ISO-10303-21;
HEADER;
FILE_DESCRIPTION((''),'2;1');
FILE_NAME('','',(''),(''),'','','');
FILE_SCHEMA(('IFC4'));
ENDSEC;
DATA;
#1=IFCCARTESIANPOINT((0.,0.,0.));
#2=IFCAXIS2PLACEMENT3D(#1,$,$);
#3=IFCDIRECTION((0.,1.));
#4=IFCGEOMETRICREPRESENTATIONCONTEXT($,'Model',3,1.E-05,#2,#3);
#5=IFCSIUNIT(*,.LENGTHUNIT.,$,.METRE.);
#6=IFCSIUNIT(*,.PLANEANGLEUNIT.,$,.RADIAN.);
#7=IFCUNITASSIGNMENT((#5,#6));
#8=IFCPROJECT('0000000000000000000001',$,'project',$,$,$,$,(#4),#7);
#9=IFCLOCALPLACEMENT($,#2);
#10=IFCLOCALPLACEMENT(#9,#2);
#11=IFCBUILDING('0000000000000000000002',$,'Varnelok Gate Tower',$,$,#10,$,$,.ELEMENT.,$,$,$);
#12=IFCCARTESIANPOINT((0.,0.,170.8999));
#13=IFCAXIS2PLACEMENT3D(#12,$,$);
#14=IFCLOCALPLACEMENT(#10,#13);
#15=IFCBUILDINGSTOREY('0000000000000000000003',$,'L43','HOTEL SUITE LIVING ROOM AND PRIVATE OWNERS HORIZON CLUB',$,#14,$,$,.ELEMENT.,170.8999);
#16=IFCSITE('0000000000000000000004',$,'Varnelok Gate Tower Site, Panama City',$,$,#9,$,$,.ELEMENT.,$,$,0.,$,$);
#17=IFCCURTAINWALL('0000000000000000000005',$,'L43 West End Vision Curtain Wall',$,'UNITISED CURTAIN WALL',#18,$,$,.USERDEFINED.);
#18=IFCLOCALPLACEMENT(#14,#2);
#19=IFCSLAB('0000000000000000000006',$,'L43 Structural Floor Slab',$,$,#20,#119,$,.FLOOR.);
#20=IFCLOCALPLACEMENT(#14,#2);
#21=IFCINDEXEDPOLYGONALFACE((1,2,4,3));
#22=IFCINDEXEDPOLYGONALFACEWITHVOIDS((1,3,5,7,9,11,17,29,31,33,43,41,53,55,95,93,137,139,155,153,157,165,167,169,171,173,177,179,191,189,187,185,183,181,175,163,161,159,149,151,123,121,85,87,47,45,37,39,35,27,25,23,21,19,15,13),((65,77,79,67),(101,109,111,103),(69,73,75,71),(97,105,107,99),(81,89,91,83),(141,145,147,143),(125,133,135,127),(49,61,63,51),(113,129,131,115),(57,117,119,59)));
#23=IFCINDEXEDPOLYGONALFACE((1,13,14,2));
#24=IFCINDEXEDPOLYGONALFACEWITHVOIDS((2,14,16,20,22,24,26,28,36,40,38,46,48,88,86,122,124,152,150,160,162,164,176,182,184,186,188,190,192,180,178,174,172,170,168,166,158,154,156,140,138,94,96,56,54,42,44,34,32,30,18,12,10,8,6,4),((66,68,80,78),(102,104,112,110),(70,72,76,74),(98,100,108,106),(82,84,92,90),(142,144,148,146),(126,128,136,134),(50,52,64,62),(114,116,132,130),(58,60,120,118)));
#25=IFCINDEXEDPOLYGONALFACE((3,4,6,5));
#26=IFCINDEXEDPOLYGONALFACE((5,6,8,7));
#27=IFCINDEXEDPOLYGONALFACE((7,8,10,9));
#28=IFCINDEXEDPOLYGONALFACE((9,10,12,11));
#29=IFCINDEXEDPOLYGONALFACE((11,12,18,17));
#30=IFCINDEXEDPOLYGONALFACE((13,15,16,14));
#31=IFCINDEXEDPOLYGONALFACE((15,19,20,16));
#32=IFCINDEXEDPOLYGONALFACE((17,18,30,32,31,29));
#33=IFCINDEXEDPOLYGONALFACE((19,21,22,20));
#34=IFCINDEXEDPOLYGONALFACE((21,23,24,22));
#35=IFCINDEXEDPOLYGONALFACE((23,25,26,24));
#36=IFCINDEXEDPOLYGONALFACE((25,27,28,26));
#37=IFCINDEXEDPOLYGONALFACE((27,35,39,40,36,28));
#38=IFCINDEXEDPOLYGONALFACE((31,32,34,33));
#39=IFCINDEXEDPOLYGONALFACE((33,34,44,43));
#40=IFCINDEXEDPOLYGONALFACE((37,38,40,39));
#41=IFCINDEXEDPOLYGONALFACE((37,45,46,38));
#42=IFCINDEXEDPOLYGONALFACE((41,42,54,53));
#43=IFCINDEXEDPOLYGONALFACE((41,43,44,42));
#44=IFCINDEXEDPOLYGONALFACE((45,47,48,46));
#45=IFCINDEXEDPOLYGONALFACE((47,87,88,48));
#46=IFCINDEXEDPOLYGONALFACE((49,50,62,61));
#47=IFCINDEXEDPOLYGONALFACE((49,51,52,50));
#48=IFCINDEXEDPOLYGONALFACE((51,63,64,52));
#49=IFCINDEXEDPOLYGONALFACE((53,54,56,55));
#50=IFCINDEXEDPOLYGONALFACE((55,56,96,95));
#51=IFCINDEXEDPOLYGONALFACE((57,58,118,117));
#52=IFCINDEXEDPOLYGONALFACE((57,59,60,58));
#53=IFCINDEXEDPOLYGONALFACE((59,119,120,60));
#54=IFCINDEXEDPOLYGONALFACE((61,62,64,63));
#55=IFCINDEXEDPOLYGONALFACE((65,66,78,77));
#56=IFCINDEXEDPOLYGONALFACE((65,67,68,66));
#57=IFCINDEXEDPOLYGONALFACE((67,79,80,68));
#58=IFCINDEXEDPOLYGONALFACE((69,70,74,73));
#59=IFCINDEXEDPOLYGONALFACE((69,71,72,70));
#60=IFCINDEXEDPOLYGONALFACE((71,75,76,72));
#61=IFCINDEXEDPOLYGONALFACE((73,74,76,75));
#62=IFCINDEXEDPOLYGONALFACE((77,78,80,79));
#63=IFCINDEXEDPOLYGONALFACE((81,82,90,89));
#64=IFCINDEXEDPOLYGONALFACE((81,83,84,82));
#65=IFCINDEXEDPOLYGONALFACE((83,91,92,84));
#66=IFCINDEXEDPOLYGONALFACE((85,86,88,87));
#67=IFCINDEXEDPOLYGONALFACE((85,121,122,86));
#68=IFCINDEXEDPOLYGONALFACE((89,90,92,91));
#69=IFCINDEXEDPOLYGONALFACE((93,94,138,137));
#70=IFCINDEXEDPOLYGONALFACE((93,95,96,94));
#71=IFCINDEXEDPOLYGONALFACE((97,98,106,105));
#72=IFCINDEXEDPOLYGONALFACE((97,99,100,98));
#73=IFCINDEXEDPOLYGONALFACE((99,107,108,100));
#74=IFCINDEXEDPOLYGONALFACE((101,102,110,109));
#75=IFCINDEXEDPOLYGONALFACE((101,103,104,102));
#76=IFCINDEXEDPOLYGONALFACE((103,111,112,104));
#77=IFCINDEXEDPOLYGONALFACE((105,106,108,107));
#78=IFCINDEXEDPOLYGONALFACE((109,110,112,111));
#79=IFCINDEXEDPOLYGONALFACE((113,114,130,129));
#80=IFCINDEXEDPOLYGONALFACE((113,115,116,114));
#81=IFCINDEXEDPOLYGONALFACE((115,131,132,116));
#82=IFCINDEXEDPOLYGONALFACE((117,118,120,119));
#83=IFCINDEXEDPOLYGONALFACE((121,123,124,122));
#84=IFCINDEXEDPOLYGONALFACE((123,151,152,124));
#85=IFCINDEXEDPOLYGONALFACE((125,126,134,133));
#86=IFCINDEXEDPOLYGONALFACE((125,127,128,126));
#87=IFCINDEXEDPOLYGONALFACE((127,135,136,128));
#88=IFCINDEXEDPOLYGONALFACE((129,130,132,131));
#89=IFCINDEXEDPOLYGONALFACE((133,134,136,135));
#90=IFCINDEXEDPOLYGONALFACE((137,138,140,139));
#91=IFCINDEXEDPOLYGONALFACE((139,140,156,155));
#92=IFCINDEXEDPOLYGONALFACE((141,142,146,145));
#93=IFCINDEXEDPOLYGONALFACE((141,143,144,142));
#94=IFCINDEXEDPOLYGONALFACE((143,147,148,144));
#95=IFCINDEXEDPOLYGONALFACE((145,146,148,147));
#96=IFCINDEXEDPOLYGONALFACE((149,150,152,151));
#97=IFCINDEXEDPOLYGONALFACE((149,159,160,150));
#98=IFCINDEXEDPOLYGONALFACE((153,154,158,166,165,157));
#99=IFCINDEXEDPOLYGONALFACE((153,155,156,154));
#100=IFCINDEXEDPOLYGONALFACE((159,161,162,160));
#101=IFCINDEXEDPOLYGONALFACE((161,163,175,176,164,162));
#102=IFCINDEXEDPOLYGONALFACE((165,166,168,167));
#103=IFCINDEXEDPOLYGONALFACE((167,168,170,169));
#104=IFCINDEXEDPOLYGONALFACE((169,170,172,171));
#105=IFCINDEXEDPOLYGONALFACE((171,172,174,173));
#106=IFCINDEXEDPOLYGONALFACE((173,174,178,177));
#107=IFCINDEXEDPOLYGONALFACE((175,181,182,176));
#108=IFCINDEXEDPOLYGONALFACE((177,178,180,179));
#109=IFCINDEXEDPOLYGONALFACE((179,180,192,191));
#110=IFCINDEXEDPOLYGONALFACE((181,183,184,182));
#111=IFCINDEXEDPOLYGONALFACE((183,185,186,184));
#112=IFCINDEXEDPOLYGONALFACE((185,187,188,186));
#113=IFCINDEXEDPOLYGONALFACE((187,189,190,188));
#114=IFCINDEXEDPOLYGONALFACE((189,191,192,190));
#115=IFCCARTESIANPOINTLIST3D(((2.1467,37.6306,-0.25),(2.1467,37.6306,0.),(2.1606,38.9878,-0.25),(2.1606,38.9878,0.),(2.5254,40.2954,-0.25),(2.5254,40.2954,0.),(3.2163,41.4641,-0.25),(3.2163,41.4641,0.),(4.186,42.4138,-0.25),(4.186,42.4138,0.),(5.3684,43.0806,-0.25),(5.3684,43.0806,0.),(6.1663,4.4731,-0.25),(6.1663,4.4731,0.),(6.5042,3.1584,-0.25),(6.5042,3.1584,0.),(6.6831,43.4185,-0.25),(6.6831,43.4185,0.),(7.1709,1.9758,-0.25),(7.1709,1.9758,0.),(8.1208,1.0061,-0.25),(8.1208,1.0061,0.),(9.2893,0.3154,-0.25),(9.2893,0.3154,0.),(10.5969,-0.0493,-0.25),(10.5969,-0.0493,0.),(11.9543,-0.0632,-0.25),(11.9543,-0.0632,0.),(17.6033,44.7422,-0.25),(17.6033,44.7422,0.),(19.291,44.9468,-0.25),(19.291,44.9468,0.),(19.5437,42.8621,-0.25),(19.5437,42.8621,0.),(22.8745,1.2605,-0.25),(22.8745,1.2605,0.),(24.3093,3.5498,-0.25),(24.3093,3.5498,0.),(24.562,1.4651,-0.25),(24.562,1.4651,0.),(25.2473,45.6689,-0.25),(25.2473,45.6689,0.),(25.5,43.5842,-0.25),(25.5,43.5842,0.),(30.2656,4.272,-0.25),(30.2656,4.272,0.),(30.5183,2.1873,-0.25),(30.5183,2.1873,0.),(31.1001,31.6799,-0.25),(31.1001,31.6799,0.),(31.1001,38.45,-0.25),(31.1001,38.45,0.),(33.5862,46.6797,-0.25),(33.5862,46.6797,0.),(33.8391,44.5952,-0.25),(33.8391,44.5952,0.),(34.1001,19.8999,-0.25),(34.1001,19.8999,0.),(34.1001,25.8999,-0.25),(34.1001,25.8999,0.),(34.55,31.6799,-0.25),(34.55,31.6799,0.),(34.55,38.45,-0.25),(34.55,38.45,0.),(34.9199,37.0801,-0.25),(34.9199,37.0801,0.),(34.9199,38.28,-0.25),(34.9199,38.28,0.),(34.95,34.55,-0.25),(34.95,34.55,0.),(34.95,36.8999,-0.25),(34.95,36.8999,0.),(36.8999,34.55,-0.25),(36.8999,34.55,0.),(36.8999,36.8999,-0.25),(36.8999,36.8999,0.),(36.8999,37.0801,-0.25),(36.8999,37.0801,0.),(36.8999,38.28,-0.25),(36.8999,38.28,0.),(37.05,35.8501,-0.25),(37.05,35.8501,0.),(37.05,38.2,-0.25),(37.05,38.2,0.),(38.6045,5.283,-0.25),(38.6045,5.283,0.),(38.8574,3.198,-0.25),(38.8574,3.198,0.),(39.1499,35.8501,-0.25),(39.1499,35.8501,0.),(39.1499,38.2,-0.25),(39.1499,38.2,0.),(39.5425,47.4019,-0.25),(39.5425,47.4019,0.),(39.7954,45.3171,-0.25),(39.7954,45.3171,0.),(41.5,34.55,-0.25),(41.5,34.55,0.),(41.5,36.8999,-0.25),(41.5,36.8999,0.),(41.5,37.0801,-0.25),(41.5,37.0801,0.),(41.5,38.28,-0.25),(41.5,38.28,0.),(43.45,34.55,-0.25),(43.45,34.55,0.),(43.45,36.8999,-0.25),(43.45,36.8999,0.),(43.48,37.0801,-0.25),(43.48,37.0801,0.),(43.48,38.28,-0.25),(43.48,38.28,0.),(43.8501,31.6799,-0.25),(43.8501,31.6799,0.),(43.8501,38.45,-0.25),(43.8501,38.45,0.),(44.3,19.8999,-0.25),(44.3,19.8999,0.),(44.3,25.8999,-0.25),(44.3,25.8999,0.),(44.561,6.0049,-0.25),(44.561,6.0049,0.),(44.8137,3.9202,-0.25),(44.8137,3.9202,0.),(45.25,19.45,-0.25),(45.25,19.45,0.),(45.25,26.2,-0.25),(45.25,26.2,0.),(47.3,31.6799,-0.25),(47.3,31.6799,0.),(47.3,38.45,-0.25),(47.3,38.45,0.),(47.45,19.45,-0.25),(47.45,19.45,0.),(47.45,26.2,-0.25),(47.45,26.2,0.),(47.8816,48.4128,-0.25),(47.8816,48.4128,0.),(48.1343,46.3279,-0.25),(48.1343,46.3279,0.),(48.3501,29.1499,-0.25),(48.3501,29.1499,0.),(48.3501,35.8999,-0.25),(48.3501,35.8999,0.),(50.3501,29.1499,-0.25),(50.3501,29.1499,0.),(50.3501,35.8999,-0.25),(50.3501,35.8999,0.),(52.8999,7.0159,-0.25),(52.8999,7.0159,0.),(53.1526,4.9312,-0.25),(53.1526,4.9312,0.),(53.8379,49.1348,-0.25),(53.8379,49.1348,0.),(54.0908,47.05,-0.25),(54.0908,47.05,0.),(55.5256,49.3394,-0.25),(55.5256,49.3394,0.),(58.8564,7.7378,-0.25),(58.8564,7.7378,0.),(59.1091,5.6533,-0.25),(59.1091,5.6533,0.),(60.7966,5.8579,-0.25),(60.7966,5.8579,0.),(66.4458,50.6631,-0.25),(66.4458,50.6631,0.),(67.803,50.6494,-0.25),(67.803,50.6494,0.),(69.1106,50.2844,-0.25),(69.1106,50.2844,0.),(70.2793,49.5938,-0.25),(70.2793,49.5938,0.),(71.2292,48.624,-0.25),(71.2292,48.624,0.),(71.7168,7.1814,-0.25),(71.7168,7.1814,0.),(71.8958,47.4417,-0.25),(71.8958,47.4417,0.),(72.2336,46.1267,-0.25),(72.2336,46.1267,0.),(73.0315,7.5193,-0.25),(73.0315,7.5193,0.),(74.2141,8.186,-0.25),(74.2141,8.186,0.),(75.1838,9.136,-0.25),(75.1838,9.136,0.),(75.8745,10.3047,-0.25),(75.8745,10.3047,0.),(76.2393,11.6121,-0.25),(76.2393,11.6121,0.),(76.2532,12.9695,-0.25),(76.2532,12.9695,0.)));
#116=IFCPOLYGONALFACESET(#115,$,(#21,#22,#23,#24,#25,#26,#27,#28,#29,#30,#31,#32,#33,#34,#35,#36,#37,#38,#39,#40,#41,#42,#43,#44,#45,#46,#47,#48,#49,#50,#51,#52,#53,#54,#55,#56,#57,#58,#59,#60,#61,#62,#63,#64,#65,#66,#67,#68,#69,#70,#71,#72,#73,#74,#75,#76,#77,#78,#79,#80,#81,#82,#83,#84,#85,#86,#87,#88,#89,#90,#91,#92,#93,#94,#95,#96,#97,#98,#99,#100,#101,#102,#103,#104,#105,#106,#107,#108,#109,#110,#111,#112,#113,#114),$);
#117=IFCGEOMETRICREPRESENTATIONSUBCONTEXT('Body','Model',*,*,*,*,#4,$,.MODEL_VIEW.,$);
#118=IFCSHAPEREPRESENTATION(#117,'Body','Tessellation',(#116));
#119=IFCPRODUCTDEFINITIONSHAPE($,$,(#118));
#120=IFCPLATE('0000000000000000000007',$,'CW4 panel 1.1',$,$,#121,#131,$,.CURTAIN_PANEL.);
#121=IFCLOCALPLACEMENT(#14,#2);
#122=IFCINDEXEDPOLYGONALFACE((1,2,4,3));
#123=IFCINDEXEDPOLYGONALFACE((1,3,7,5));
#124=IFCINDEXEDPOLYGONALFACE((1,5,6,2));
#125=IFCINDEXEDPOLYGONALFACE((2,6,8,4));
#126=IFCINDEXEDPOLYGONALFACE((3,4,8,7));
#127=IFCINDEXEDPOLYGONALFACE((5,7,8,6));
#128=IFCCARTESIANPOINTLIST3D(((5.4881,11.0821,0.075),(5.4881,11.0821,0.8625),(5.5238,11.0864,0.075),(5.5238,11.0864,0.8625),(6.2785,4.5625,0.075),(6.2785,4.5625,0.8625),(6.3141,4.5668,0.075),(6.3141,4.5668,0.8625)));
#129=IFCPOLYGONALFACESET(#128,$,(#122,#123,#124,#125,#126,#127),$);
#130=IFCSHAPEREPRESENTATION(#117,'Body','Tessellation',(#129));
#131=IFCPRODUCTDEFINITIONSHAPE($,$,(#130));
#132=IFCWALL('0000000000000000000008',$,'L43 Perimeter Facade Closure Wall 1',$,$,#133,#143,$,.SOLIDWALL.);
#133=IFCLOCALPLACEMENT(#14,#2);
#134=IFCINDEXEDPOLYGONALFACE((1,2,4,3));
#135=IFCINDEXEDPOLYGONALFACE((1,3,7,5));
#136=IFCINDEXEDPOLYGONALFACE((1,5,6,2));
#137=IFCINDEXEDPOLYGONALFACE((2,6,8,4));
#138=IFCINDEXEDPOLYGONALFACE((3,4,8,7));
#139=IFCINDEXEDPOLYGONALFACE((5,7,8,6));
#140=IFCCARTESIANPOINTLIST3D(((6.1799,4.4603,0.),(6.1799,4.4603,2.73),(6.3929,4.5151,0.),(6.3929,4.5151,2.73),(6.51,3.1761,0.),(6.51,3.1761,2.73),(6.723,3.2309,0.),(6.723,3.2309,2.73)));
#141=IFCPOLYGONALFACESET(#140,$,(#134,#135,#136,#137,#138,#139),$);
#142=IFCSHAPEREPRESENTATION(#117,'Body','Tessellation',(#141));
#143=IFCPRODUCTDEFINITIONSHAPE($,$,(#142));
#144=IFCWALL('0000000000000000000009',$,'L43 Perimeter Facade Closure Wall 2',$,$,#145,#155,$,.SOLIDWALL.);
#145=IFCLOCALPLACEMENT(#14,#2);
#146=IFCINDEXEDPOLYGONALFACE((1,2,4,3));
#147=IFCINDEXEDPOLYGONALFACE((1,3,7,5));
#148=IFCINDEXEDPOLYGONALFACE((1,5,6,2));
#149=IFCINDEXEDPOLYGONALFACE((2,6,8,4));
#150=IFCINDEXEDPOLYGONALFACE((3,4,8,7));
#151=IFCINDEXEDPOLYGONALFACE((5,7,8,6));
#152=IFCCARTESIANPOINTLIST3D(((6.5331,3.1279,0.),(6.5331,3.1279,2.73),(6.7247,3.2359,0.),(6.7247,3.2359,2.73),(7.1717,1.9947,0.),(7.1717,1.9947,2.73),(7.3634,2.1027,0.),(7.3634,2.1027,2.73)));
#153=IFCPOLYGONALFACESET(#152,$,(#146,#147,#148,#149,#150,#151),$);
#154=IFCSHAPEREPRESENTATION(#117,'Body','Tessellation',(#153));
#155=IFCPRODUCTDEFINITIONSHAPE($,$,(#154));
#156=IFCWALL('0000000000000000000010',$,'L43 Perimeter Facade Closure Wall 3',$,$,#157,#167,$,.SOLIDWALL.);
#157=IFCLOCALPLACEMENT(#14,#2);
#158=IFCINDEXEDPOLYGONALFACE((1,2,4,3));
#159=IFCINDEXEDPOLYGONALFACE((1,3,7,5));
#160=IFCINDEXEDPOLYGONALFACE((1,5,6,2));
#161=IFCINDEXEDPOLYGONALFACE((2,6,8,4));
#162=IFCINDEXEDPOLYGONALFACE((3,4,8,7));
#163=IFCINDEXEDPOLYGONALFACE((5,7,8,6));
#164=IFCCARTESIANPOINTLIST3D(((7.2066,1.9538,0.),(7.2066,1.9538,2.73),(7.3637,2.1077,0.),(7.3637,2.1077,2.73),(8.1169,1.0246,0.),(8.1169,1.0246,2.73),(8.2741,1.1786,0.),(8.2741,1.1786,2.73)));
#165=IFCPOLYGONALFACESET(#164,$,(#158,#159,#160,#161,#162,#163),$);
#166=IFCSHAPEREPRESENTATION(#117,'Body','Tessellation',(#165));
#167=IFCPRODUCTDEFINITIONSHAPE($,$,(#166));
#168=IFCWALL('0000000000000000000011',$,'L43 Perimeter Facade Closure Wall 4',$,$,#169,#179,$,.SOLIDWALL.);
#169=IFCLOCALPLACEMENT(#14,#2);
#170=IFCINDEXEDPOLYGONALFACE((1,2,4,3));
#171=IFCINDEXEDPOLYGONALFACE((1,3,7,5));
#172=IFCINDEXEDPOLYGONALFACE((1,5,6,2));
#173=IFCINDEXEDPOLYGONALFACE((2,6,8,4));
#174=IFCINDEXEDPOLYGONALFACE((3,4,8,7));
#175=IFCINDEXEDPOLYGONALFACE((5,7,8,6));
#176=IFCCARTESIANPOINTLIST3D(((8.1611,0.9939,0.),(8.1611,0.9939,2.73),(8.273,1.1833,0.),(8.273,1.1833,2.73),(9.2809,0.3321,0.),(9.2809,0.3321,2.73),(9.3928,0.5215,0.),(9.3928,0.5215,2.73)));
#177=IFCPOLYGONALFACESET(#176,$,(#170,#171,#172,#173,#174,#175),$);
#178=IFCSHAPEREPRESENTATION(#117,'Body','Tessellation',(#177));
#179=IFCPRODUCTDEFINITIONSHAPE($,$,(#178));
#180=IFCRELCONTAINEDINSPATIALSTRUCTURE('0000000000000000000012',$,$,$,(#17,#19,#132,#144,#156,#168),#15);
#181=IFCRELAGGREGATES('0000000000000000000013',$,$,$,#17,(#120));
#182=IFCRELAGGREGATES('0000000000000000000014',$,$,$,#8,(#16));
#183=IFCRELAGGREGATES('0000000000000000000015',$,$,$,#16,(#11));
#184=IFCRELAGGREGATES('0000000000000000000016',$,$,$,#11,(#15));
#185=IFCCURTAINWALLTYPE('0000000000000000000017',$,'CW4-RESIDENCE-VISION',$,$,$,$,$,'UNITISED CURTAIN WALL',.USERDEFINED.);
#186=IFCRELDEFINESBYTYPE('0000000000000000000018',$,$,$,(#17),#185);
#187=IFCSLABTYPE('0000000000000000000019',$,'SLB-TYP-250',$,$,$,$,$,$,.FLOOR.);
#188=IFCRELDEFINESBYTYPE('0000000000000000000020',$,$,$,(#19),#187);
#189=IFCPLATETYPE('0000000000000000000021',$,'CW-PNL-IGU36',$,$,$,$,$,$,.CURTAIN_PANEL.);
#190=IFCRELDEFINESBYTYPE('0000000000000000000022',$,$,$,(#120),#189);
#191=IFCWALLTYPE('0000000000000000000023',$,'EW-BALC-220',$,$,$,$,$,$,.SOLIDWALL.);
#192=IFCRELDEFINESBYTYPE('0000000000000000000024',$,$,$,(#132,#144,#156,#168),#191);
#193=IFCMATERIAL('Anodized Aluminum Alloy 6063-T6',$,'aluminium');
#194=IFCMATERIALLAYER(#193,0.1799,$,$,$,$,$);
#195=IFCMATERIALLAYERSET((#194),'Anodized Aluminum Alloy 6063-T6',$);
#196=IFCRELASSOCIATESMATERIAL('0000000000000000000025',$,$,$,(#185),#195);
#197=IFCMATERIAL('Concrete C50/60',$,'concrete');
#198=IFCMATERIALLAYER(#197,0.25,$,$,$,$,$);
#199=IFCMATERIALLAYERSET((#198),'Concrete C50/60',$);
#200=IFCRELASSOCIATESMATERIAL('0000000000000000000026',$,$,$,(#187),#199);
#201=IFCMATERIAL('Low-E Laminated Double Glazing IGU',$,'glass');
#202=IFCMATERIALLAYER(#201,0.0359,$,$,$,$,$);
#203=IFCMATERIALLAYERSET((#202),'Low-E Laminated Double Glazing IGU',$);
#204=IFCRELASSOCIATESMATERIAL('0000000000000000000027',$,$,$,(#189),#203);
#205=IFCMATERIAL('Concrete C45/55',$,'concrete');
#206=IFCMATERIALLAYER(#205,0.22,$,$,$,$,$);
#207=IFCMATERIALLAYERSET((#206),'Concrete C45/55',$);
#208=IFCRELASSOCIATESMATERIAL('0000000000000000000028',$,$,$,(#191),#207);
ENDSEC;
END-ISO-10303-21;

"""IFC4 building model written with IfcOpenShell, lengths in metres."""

from ifc_helpers import new_model, si_unit, direction, frame, frame_2d, origin, origin_2d, place, context, subcontext, project, spatial, polyline, rectangle, outline, extrude, source, transform, mapped, material, layer, layer_set, type_object, element, aggregate, save


model = new_model("IFC4")

# Units and contexts
model_context = context("Model", 3, precision=1e-05, world=origin(), true_north=direction((0.0, 1.0)))
body_context = subcontext(model_context, "Body", "Model", "MODEL_VIEW")
ifc_project = project(units=[si_unit("LENGTHUNIT", "METRE"), si_unit("PLANEANGLEUNIT", "RADIAN")], contexts=[model_context])

# Site, building, storey
site_placement = place(None, origin())
site = spatial("IfcSite", under=ifc_project, at=site_placement, Name="Varnelok Gate Tower Site, Panama City", CompositionType="ELEMENT", RefElevation=0.0)
building_placement = place(site_placement, origin())
building = spatial("IfcBuilding", under=site, at=building_placement, Name="Varnelok Gate Tower", CompositionType="ELEMENT")
storey_placement = place(building_placement, frame((0.0, 0.0, 170.8999)))
storey = spatial("IfcBuildingStorey", under=building, at=storey_placement, Name="L43", Description="HOTEL SUITE LIVING ROOM AND PRIVATE OWNERS HORIZON CLUB", CompositionType="ELEMENT", Elevation=170.8999)

# Curtain wall
ifc_material_1 = material(Name="Anodized Aluminum Alloy 6063-T6", Category="aluminium")
ifc_layer_1 = layer(ifc_material_1, 0.1799)
ifc_layer_set_1 = layer_set([ifc_layer_1], Name="Anodized Aluminum Alloy 6063-T6")
curtain_wall_type = type_object("IfcCurtainWallType", Name="CW4-RESIDENCE-VISION", ElementType="UNITISED CURTAIN WALL", PredefinedType="USERDEFINED", material=ifc_layer_set_1)
curtain_wall_placement = place(storey_placement, origin())
curtain_wall = element("IfcCurtainWall", 1, at=curtain_wall_placement, inside=storey, type_object=curtain_wall_type, Name="L43 West End Vision Curtain Wall", ObjectType="UNITISED CURTAIN WALL", PredefinedType="USERDEFINED")

# Shared definitions
ifc_material_2 = material(Name="Concrete C45/55", Category="concrete")

# Shared definitions
ifc_material_3 = material(Name="Concrete C50/60", Category="concrete")

# Slab
ifc_layer_2 = layer(ifc_material_3, 0.25)
ifc_layer_set_2 = layer_set([ifc_layer_2], Name="Concrete C50/60")
slab_type_1 = type_object("IfcSlabType", Name="SLB-TYP-250", PredefinedType="FLOOR", material=ifc_layer_set_2)
slab_1_placement = place(storey_placement, frame((0.0, 0.0, -0.25)))
element("IfcSlab", 2, at=slab_1_placement, inside=storey, type_object=slab_type_1, Name="L43 Structural Floor Slab", PredefinedType="FLOOR", context=body_context, shape_type="SweptSolid", body=[
    extrude(outline(polyline([(6.1663, 4.4731), (6.5042, 3.1584), (7.1709, 1.9758), (8.1208, 1.0061), (9.2893, 0.3154), (10.5969, -0.0493), (11.9543, -0.0632), (22.8745, 1.2605), (24.562, 1.4651), (24.3093, 3.5498), (30.2656, 4.272), (30.5183, 2.1873), (38.8574, 3.198), (38.6045, 5.283), (44.561, 6.0049), (44.8137, 3.9202), (53.1526, 4.9312), (52.8999, 7.0159), (58.8564, 7.7378), (59.1091, 5.6533), (60.7966, 5.8579), (71.7168, 7.1814), (73.0315, 7.5193), (74.2141, 8.186), (75.1838, 9.136), (75.8745, 10.3047), (76.2393, 11.6121), (76.2532, 12.9695), (72.2336, 46.1267), (71.8958, 47.4417), (71.2292, 48.624), (70.2793, 49.5938), (69.1106, 50.2844), (67.803, 50.6494), (66.4458, 50.6631), (55.5256, 49.3394), (53.8379, 49.1348), (54.0908, 47.05), (48.1343, 46.3279), (47.8816, 48.4128), (39.5425, 47.4019), (39.7954, 45.3171), (33.8391, 44.5952), (33.5862, 46.6797), (25.2473, 45.6689), (25.5, 43.5842), (19.5437, 42.8621), (19.291, 44.9468), (17.6033, 44.7422), (6.6831, 43.4185), (5.3684, 43.0806), (4.186, 42.4138), (3.2163, 41.4641), (2.5254, 40.2954), (2.1606, 38.9878), (2.1467, 37.6306), (6.1663, 4.4731)]), holes=[polyline([(34.55, 31.6799), (34.55, 38.45), (31.1001, 38.45), (31.1001, 31.6799), (34.55, 31.6799)]), polyline([(47.3, 31.6799), (47.3, 38.45), (43.8501, 38.45), (43.8501, 31.6799), (47.3, 31.6799)]), polyline([(34.95, 34.55), (36.8999, 34.55), (36.8999, 36.8999), (34.95, 36.8999), (34.95, 34.55)]), polyline([(41.5, 34.55), (43.45, 34.55), (43.45, 36.8999), (41.5, 36.8999), (41.5, 34.55)]), polyline([(37.05, 35.8501), (39.1499, 35.8501), (39.1499, 38.2), (37.05, 38.2), (37.05, 35.8501)]), polyline([(48.3501, 29.1499), (50.3501, 29.1499), (50.3501, 35.8999), (48.3501, 35.8999), (48.3501, 29.1499)]), polyline([(45.25, 19.45), (47.45, 19.45), (47.45, 26.2), (45.25, 26.2), (45.25, 19.45)]), polyline([(34.9199, 37.0801), (36.8999, 37.0801), (36.8999, 38.28), (34.9199, 38.28), (34.9199, 37.0801)]), polyline([(41.5, 37.0801), (43.48, 37.0801), (43.48, 38.28), (41.5, 38.28), (41.5, 37.0801)]), polyline([(34.1001, 19.8999), (44.3, 19.8999), (44.3, 25.8999), (34.1001, 25.8999), (34.1001, 19.8999)])]), origin(), (0.0, 0.0, 1.0), 0.25),
])

# Plate
ifc_material_4 = material(Name="Low-E Laminated Double Glazing IGU", Category="glass")
ifc_layer_3 = layer(ifc_material_4, 0.0359)
ifc_layer_set_3 = layer_set([ifc_layer_3], Name="Low-E Laminated Double Glazing IGU")
plate_type = type_object("IfcPlateType", Name="CW-PNL-IGU36", PredefinedType="CURTAIN_PANEL", material=ifc_layer_set_3)
shared_shape = source(origin(), body_context, "Body", "SweptSolid", [
    extrude(rectangle(XDim=6.5674, YDim=0.0359, at=origin_2d()), origin(), (0.0, 0.0, 1.0), 0.7876),
])
plate_placement = place(storey_placement, frame((5.9011, 7.8245, 0.075), z_axis=(0.0, 0.0, 1.0), x_axis=(-0.120345, 0.992732, 0.0)))
plate = element("IfcPlate", 3, at=plate_placement, type_object=plate_type, Name="CW4 panel 1.1", PredefinedType="CURTAIN_PANEL", context=body_context, shape_type="MappedRepresentation", body=[
    mapped(shared_shape, transform((0.0, 0.0, 0.0), scale=1.0)),
])
aggregate(curtain_wall, [plate])

# Walls
ifc_layer_4 = layer(ifc_material_2, 0.22)
ifc_layer_set_4 = layer_set([ifc_layer_4], Name="Concrete C45/55")
wall_type_1 = type_object("IfcWallType", Name="EW-BALC-220", PredefinedType="SOLIDWALL", material=ifc_layer_set_4)
wall_1_placement = place(storey_placement, frame((6.2864, 4.4878, 0.0), z_axis=(0.0, 0.0, 1.0), x_axis=(0.248942, -0.968518, 0.0)))
element("IfcWall", 4, at=wall_1_placement, inside=storey, type_object=wall_type_1, Name="L43 Perimeter Facade Closure Wall 1", PredefinedType="SOLIDWALL", context=body_context, shape_type="SweptSolid", body=[
    extrude(rectangle(XDim=1.3259, YDim=0.22, at=frame_2d((0.6631, 0.0))), origin(), (0.0, 0.0, 1.0), 2.73),
])
for number, where, z_axis, x_axis, name in (
    (5, (6.6289, 3.1819, 0.0), (0.0, 0.0, 1.0), (0.490956, -0.871184, 0.0), "L43 Perimeter Facade Closure Wall 2"),
    (6, (7.2852, 2.0308, 0.0), (0.0, 0.0, 1.0), (0.699844, -0.714295, 0.0), "L43 Perimeter Facade Closure Wall 3"),
    (7, (8.217, 1.0886, 0.0), (0.0, 0.0, 1.0), (0.860885, -0.508799, 0.0), "L43 Perimeter Facade Closure Wall 4"),
):
    element("IfcWall", number, at=place(storey_placement, frame(where, z_axis=z_axis, x_axis=x_axis)), inside=storey, type_object=wall_type_1, Name=name, PredefinedType="SOLIDWALL", context=body_context, shape_type="SweptSolid", body=[
        extrude(rectangle(XDim=1.3008, YDim=0.22, at=frame_2d((0.6504, 0.0))), origin(), (0.0, 0.0, 1.0), 2.73),
    ])

save(model, "model.ifc")
